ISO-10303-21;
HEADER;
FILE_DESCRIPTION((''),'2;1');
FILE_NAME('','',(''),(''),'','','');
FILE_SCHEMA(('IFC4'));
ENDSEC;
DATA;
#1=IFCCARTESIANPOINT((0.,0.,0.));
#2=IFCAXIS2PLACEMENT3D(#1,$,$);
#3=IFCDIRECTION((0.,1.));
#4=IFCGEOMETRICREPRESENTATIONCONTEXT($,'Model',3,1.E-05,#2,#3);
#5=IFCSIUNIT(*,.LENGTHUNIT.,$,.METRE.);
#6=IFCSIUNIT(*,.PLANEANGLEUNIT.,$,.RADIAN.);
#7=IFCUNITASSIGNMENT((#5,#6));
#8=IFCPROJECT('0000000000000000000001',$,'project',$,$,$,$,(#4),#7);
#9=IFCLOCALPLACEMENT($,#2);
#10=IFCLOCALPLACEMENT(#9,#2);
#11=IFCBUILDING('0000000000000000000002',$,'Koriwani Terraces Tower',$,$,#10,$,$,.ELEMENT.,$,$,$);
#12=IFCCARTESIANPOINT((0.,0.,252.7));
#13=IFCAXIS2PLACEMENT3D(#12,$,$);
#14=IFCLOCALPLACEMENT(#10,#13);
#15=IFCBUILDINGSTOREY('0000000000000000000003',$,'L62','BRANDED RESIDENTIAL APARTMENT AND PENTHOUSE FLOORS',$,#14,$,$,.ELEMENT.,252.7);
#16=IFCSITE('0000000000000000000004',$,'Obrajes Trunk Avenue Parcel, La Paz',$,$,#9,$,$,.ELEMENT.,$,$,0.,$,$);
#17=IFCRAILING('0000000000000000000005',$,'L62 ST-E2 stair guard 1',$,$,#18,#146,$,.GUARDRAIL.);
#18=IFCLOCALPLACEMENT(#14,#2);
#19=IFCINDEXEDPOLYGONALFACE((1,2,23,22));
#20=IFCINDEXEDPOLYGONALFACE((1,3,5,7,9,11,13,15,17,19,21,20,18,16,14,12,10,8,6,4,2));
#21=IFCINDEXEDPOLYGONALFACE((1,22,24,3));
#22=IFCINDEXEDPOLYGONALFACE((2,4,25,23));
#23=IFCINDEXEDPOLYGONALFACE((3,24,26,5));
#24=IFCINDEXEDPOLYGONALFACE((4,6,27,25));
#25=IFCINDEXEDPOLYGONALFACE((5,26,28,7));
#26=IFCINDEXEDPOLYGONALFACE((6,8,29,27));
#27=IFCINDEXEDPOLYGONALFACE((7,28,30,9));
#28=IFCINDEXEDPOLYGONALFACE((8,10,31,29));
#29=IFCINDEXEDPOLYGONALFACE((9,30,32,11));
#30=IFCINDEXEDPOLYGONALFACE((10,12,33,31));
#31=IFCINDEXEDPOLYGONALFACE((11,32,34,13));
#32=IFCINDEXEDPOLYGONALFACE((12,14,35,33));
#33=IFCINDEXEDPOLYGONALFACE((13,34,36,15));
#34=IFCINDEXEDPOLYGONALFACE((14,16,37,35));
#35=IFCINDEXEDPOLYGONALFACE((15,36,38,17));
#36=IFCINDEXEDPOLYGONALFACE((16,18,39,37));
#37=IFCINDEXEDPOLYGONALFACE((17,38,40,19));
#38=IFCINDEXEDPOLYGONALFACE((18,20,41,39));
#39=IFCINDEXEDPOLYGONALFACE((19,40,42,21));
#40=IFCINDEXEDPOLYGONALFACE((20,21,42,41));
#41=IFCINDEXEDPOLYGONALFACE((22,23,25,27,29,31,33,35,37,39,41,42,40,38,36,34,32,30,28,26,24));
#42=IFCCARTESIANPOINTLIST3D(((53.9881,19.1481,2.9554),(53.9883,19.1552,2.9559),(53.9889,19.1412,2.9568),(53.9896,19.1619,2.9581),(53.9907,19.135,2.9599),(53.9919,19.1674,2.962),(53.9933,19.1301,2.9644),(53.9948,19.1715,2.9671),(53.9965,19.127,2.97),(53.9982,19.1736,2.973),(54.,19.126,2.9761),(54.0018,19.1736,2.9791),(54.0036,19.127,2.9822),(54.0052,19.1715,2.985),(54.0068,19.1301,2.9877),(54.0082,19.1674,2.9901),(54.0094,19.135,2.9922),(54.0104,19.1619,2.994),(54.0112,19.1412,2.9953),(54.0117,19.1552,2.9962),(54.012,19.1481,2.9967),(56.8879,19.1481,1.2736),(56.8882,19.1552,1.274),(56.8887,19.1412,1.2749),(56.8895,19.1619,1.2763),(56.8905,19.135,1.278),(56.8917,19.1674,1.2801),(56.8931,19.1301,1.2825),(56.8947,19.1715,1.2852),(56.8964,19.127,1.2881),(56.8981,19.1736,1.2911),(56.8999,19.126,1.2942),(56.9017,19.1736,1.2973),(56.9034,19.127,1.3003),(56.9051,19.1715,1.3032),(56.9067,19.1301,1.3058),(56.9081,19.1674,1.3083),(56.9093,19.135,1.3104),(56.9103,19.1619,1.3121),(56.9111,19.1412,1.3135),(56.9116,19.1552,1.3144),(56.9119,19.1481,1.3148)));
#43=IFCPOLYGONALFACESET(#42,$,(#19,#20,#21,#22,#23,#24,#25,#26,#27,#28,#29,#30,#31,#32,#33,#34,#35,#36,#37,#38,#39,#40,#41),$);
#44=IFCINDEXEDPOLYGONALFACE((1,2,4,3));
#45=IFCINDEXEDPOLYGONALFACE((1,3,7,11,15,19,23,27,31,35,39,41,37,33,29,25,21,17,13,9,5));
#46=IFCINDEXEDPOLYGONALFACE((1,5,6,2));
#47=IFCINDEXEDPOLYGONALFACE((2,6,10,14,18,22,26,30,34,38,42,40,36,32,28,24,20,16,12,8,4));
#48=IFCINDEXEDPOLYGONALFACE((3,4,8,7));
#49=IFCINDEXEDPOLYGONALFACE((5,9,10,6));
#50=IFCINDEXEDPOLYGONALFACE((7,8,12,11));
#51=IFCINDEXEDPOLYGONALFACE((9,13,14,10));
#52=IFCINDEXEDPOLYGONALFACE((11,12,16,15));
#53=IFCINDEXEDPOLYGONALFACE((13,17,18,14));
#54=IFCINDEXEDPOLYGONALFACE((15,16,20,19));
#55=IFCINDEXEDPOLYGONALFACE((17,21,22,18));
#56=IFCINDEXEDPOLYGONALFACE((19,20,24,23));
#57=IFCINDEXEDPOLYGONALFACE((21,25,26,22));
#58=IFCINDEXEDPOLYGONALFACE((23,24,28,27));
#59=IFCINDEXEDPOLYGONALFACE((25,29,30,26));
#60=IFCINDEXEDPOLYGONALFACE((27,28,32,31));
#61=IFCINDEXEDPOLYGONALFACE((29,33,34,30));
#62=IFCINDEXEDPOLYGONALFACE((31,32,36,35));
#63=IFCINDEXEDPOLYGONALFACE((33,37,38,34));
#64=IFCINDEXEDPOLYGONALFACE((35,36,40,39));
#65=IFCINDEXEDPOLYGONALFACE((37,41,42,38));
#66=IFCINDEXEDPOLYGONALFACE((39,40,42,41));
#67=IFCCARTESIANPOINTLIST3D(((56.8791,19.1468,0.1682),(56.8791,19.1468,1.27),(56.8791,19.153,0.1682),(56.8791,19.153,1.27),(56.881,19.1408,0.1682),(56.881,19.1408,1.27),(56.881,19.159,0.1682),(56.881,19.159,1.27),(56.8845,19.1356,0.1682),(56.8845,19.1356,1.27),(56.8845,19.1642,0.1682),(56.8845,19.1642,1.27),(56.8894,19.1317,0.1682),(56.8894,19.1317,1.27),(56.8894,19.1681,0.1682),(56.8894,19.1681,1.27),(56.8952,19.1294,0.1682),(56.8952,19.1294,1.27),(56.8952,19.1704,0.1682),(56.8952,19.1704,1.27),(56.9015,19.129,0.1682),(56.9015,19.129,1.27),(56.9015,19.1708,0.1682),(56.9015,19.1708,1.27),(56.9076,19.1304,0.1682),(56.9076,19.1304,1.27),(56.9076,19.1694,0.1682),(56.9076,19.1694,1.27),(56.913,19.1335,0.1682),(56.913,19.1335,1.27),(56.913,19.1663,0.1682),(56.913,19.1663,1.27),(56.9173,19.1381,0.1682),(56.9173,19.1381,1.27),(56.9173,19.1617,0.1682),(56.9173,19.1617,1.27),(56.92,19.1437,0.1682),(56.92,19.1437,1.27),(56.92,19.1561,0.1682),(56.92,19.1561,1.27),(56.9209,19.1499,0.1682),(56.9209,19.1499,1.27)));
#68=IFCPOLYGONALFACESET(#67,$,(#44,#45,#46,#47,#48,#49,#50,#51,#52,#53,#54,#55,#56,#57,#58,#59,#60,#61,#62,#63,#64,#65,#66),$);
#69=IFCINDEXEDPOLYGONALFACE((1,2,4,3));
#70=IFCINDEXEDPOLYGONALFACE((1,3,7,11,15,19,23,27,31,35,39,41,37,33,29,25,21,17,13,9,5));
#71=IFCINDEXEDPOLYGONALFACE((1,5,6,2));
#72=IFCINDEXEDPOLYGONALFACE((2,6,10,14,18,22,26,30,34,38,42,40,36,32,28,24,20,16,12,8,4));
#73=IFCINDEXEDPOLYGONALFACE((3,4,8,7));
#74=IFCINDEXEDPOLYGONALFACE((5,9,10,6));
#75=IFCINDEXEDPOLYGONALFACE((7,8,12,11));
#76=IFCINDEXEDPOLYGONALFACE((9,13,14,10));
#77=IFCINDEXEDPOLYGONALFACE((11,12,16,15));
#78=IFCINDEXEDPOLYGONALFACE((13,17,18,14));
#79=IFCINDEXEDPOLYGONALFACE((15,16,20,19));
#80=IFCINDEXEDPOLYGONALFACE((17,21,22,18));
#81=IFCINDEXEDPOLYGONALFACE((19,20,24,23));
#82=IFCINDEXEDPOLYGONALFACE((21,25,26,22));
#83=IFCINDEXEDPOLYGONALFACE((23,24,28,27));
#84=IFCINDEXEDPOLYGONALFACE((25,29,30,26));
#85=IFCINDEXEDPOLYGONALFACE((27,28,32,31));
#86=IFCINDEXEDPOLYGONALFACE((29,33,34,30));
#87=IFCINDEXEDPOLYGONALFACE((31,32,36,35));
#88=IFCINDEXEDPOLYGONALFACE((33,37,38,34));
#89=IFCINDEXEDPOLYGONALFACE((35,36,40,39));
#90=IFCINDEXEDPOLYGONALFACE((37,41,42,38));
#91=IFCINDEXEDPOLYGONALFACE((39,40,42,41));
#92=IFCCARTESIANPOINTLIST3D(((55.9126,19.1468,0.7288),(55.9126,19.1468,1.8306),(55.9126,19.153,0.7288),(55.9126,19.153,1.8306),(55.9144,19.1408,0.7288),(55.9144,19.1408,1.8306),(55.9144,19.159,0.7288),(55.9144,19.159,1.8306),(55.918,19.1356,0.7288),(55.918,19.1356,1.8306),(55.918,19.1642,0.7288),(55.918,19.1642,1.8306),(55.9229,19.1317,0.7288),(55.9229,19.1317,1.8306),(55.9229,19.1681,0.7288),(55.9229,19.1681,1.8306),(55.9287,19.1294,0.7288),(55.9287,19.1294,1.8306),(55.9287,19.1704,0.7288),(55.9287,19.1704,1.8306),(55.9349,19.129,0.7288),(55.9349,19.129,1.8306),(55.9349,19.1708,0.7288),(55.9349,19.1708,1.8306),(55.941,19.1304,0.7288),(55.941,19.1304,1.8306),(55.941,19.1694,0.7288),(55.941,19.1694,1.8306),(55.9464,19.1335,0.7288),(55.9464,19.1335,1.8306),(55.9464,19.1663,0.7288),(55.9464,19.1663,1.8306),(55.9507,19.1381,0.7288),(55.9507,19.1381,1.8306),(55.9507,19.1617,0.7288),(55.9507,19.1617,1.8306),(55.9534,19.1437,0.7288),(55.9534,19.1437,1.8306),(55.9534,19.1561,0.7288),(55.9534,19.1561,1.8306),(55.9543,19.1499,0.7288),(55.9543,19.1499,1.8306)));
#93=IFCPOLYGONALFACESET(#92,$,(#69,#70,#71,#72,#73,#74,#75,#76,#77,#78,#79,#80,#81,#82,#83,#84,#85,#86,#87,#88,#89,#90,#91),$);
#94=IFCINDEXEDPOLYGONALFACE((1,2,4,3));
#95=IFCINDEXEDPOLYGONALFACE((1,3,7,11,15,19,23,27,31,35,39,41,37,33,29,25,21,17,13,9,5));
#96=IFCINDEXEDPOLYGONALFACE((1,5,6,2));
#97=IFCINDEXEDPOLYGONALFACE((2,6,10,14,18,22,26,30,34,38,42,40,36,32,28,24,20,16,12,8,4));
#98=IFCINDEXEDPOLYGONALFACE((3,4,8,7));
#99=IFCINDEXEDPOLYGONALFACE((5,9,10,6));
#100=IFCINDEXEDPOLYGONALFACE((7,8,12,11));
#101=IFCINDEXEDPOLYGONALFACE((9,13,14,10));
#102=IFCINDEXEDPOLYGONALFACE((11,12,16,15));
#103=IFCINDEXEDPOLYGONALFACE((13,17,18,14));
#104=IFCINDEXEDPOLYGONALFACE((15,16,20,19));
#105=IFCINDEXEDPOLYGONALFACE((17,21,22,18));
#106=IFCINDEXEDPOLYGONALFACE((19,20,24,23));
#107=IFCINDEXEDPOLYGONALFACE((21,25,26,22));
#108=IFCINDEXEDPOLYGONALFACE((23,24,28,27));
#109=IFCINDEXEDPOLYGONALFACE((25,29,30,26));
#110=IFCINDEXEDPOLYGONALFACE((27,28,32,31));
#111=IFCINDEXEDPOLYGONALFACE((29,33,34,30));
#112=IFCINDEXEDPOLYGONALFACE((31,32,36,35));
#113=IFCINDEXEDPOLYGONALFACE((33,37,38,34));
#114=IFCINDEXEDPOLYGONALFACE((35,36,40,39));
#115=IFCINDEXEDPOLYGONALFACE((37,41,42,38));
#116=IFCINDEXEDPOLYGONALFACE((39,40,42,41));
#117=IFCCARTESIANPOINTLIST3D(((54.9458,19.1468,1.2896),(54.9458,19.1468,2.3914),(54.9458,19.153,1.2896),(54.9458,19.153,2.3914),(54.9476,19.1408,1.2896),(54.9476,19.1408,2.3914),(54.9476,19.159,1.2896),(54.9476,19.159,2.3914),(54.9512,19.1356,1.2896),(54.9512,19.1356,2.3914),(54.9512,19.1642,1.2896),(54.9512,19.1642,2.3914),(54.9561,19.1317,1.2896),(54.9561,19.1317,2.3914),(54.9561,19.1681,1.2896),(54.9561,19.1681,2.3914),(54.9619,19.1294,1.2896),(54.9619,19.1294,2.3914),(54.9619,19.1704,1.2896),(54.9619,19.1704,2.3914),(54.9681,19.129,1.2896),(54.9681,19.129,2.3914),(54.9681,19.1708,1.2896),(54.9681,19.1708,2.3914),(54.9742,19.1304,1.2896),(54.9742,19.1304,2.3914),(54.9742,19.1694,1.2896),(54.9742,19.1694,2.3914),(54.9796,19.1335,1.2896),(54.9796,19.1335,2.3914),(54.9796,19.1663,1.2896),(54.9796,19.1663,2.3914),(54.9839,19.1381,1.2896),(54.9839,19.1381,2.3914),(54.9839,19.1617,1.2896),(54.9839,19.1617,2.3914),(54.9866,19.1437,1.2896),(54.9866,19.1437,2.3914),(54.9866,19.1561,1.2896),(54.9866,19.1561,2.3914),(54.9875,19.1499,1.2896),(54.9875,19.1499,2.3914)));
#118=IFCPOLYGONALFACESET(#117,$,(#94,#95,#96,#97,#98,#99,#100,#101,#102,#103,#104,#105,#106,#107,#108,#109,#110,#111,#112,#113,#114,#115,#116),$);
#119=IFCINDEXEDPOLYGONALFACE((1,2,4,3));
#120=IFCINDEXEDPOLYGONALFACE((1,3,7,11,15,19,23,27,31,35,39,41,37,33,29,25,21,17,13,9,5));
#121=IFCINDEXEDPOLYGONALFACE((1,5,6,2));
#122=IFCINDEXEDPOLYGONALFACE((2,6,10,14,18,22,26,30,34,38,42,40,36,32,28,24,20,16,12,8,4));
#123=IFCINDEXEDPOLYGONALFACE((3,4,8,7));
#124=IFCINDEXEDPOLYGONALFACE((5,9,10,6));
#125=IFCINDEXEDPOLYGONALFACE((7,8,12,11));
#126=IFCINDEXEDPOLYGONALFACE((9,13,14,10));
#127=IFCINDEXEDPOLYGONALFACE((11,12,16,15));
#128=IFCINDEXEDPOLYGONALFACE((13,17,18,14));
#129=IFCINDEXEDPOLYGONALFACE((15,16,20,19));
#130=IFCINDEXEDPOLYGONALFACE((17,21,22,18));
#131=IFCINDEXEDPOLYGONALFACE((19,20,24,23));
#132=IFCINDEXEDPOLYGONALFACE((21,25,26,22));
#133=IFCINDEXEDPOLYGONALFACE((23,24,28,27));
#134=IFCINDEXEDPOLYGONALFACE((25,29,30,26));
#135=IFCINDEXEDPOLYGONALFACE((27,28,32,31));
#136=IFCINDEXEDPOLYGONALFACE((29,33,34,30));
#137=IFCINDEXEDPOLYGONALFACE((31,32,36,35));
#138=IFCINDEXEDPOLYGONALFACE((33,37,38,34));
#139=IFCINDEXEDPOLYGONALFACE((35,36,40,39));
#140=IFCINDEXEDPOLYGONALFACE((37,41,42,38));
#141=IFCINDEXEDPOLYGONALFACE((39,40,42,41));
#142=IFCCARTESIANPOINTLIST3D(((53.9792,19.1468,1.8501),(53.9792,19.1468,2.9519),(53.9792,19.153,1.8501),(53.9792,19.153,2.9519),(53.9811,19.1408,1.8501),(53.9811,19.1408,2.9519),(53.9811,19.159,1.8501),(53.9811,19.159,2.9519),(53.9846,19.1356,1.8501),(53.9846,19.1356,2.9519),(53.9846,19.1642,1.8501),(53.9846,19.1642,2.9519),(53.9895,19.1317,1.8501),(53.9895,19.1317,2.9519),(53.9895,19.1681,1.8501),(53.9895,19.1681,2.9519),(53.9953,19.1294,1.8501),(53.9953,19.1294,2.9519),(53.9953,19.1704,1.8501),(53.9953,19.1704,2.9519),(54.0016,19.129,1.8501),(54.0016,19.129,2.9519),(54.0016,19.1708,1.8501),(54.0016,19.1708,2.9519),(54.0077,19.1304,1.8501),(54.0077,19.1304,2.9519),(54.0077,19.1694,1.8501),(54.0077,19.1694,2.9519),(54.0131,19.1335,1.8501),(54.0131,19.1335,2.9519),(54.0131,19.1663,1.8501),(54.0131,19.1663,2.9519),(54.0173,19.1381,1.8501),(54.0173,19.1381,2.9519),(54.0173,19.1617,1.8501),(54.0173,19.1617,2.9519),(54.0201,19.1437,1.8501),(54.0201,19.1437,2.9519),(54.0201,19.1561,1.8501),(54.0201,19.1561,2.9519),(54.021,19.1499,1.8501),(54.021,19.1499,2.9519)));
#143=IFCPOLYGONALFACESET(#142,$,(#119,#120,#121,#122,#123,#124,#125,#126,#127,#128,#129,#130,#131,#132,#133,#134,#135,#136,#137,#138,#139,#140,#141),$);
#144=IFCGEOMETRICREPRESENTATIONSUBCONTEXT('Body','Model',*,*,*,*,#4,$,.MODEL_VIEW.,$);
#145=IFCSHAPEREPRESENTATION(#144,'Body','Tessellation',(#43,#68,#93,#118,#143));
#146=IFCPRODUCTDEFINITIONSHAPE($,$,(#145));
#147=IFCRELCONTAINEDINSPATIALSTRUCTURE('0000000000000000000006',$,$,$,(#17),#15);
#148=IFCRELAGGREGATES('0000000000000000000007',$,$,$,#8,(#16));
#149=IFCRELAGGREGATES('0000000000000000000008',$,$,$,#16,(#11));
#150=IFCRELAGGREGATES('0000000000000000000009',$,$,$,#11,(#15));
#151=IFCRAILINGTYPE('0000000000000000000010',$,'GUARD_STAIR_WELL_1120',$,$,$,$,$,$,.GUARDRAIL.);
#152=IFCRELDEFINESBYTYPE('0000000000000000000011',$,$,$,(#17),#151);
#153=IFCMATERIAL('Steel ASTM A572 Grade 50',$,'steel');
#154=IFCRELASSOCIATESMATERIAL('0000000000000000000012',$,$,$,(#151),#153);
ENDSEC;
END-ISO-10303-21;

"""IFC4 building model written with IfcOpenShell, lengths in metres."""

from ifc_helpers import new_model, si_unit, direction, frame, origin, origin_2d, place, context, subcontext, project, spatial, circle, extrude, material, type_object, element, save


model = new_model("IFC4")

# Units and contexts
model_context = context("Model", 3, precision=1e-05, world=origin(), true_north=direction((0.0, 1.0)))
body_context = subcontext(model_context, "Body", "Model", "MODEL_VIEW")
ifc_project = project(units=[si_unit("LENGTHUNIT", "METRE"), si_unit("PLANEANGLEUNIT", "RADIAN")], contexts=[model_context])

# Site, building, storey
site_placement = place(None, origin())
site = spatial("IfcSite", under=ifc_project, at=site_placement, Name="Obrajes Trunk Avenue Parcel, La Paz", CompositionType="ELEMENT", RefElevation=0.0)
building_placement = place(site_placement, origin())
building = spatial("IfcBuilding", under=site, at=building_placement, Name="Koriwani Terraces Tower", CompositionType="ELEMENT")
storey_placement = place(building_placement, frame((0.0, 0.0, 252.7)))
storey = spatial("IfcBuildingStorey", under=building, at=storey_placement, Name="L62", Description="BRANDED RESIDENTIAL APARTMENT AND PENTHOUSE FLOORS", CompositionType="ELEMENT", Elevation=252.7)

# Shared definitions
ifc_material_1 = material(Name="Steel ASTM A572 Grade 50", Category="steel")

# Railing
railing_type_1 = type_object("IfcRailingType", Name="GUARD_STAIR_WELL_1120", PredefinedType="GUARDRAIL", material=ifc_material_1)
railing_1_placement = place(storey_placement, frame((56.8999, 19.1499, 0.1682)))
element("IfcRailing", 1, at=railing_1_placement, inside=storey, type_object=railing_type_1, Name="L62 ST-E2 stair guard 1", PredefinedType="GUARDRAIL", context=body_context, shape_type="SweptSolid", body=[
    extrude(circle(Radius=0.0239, at=origin_2d()), frame((0.0, 0.0, 1.126), z_axis=(-0.865039, 0.0, 0.501705), x_axis=(0.0, -1.0, 0.0)), (0.0, 0.0, 1.0), 3.3523),
    extrude(circle(Radius=0.021, at=origin_2d()), origin(), (0.0, 0.0, 1.0), 1.1018),
    extrude(circle(Radius=0.021, at=origin_2d()), frame((-0.9666, 0.0, 0.5605)), (0.0, 0.0, 1.0), 1.1018),
    extrude(circle(Radius=0.021, at=origin_2d()), frame((-1.9333, 0.0, 1.1213)), (0.0, 0.0, 1.0), 1.1018),
    extrude(circle(Radius=0.021, at=origin_2d()), frame((-2.8999, 0.0, 1.6819)), (0.0, 0.0, 1.0), 1.1018),
])

save(model, "model.ifc")
